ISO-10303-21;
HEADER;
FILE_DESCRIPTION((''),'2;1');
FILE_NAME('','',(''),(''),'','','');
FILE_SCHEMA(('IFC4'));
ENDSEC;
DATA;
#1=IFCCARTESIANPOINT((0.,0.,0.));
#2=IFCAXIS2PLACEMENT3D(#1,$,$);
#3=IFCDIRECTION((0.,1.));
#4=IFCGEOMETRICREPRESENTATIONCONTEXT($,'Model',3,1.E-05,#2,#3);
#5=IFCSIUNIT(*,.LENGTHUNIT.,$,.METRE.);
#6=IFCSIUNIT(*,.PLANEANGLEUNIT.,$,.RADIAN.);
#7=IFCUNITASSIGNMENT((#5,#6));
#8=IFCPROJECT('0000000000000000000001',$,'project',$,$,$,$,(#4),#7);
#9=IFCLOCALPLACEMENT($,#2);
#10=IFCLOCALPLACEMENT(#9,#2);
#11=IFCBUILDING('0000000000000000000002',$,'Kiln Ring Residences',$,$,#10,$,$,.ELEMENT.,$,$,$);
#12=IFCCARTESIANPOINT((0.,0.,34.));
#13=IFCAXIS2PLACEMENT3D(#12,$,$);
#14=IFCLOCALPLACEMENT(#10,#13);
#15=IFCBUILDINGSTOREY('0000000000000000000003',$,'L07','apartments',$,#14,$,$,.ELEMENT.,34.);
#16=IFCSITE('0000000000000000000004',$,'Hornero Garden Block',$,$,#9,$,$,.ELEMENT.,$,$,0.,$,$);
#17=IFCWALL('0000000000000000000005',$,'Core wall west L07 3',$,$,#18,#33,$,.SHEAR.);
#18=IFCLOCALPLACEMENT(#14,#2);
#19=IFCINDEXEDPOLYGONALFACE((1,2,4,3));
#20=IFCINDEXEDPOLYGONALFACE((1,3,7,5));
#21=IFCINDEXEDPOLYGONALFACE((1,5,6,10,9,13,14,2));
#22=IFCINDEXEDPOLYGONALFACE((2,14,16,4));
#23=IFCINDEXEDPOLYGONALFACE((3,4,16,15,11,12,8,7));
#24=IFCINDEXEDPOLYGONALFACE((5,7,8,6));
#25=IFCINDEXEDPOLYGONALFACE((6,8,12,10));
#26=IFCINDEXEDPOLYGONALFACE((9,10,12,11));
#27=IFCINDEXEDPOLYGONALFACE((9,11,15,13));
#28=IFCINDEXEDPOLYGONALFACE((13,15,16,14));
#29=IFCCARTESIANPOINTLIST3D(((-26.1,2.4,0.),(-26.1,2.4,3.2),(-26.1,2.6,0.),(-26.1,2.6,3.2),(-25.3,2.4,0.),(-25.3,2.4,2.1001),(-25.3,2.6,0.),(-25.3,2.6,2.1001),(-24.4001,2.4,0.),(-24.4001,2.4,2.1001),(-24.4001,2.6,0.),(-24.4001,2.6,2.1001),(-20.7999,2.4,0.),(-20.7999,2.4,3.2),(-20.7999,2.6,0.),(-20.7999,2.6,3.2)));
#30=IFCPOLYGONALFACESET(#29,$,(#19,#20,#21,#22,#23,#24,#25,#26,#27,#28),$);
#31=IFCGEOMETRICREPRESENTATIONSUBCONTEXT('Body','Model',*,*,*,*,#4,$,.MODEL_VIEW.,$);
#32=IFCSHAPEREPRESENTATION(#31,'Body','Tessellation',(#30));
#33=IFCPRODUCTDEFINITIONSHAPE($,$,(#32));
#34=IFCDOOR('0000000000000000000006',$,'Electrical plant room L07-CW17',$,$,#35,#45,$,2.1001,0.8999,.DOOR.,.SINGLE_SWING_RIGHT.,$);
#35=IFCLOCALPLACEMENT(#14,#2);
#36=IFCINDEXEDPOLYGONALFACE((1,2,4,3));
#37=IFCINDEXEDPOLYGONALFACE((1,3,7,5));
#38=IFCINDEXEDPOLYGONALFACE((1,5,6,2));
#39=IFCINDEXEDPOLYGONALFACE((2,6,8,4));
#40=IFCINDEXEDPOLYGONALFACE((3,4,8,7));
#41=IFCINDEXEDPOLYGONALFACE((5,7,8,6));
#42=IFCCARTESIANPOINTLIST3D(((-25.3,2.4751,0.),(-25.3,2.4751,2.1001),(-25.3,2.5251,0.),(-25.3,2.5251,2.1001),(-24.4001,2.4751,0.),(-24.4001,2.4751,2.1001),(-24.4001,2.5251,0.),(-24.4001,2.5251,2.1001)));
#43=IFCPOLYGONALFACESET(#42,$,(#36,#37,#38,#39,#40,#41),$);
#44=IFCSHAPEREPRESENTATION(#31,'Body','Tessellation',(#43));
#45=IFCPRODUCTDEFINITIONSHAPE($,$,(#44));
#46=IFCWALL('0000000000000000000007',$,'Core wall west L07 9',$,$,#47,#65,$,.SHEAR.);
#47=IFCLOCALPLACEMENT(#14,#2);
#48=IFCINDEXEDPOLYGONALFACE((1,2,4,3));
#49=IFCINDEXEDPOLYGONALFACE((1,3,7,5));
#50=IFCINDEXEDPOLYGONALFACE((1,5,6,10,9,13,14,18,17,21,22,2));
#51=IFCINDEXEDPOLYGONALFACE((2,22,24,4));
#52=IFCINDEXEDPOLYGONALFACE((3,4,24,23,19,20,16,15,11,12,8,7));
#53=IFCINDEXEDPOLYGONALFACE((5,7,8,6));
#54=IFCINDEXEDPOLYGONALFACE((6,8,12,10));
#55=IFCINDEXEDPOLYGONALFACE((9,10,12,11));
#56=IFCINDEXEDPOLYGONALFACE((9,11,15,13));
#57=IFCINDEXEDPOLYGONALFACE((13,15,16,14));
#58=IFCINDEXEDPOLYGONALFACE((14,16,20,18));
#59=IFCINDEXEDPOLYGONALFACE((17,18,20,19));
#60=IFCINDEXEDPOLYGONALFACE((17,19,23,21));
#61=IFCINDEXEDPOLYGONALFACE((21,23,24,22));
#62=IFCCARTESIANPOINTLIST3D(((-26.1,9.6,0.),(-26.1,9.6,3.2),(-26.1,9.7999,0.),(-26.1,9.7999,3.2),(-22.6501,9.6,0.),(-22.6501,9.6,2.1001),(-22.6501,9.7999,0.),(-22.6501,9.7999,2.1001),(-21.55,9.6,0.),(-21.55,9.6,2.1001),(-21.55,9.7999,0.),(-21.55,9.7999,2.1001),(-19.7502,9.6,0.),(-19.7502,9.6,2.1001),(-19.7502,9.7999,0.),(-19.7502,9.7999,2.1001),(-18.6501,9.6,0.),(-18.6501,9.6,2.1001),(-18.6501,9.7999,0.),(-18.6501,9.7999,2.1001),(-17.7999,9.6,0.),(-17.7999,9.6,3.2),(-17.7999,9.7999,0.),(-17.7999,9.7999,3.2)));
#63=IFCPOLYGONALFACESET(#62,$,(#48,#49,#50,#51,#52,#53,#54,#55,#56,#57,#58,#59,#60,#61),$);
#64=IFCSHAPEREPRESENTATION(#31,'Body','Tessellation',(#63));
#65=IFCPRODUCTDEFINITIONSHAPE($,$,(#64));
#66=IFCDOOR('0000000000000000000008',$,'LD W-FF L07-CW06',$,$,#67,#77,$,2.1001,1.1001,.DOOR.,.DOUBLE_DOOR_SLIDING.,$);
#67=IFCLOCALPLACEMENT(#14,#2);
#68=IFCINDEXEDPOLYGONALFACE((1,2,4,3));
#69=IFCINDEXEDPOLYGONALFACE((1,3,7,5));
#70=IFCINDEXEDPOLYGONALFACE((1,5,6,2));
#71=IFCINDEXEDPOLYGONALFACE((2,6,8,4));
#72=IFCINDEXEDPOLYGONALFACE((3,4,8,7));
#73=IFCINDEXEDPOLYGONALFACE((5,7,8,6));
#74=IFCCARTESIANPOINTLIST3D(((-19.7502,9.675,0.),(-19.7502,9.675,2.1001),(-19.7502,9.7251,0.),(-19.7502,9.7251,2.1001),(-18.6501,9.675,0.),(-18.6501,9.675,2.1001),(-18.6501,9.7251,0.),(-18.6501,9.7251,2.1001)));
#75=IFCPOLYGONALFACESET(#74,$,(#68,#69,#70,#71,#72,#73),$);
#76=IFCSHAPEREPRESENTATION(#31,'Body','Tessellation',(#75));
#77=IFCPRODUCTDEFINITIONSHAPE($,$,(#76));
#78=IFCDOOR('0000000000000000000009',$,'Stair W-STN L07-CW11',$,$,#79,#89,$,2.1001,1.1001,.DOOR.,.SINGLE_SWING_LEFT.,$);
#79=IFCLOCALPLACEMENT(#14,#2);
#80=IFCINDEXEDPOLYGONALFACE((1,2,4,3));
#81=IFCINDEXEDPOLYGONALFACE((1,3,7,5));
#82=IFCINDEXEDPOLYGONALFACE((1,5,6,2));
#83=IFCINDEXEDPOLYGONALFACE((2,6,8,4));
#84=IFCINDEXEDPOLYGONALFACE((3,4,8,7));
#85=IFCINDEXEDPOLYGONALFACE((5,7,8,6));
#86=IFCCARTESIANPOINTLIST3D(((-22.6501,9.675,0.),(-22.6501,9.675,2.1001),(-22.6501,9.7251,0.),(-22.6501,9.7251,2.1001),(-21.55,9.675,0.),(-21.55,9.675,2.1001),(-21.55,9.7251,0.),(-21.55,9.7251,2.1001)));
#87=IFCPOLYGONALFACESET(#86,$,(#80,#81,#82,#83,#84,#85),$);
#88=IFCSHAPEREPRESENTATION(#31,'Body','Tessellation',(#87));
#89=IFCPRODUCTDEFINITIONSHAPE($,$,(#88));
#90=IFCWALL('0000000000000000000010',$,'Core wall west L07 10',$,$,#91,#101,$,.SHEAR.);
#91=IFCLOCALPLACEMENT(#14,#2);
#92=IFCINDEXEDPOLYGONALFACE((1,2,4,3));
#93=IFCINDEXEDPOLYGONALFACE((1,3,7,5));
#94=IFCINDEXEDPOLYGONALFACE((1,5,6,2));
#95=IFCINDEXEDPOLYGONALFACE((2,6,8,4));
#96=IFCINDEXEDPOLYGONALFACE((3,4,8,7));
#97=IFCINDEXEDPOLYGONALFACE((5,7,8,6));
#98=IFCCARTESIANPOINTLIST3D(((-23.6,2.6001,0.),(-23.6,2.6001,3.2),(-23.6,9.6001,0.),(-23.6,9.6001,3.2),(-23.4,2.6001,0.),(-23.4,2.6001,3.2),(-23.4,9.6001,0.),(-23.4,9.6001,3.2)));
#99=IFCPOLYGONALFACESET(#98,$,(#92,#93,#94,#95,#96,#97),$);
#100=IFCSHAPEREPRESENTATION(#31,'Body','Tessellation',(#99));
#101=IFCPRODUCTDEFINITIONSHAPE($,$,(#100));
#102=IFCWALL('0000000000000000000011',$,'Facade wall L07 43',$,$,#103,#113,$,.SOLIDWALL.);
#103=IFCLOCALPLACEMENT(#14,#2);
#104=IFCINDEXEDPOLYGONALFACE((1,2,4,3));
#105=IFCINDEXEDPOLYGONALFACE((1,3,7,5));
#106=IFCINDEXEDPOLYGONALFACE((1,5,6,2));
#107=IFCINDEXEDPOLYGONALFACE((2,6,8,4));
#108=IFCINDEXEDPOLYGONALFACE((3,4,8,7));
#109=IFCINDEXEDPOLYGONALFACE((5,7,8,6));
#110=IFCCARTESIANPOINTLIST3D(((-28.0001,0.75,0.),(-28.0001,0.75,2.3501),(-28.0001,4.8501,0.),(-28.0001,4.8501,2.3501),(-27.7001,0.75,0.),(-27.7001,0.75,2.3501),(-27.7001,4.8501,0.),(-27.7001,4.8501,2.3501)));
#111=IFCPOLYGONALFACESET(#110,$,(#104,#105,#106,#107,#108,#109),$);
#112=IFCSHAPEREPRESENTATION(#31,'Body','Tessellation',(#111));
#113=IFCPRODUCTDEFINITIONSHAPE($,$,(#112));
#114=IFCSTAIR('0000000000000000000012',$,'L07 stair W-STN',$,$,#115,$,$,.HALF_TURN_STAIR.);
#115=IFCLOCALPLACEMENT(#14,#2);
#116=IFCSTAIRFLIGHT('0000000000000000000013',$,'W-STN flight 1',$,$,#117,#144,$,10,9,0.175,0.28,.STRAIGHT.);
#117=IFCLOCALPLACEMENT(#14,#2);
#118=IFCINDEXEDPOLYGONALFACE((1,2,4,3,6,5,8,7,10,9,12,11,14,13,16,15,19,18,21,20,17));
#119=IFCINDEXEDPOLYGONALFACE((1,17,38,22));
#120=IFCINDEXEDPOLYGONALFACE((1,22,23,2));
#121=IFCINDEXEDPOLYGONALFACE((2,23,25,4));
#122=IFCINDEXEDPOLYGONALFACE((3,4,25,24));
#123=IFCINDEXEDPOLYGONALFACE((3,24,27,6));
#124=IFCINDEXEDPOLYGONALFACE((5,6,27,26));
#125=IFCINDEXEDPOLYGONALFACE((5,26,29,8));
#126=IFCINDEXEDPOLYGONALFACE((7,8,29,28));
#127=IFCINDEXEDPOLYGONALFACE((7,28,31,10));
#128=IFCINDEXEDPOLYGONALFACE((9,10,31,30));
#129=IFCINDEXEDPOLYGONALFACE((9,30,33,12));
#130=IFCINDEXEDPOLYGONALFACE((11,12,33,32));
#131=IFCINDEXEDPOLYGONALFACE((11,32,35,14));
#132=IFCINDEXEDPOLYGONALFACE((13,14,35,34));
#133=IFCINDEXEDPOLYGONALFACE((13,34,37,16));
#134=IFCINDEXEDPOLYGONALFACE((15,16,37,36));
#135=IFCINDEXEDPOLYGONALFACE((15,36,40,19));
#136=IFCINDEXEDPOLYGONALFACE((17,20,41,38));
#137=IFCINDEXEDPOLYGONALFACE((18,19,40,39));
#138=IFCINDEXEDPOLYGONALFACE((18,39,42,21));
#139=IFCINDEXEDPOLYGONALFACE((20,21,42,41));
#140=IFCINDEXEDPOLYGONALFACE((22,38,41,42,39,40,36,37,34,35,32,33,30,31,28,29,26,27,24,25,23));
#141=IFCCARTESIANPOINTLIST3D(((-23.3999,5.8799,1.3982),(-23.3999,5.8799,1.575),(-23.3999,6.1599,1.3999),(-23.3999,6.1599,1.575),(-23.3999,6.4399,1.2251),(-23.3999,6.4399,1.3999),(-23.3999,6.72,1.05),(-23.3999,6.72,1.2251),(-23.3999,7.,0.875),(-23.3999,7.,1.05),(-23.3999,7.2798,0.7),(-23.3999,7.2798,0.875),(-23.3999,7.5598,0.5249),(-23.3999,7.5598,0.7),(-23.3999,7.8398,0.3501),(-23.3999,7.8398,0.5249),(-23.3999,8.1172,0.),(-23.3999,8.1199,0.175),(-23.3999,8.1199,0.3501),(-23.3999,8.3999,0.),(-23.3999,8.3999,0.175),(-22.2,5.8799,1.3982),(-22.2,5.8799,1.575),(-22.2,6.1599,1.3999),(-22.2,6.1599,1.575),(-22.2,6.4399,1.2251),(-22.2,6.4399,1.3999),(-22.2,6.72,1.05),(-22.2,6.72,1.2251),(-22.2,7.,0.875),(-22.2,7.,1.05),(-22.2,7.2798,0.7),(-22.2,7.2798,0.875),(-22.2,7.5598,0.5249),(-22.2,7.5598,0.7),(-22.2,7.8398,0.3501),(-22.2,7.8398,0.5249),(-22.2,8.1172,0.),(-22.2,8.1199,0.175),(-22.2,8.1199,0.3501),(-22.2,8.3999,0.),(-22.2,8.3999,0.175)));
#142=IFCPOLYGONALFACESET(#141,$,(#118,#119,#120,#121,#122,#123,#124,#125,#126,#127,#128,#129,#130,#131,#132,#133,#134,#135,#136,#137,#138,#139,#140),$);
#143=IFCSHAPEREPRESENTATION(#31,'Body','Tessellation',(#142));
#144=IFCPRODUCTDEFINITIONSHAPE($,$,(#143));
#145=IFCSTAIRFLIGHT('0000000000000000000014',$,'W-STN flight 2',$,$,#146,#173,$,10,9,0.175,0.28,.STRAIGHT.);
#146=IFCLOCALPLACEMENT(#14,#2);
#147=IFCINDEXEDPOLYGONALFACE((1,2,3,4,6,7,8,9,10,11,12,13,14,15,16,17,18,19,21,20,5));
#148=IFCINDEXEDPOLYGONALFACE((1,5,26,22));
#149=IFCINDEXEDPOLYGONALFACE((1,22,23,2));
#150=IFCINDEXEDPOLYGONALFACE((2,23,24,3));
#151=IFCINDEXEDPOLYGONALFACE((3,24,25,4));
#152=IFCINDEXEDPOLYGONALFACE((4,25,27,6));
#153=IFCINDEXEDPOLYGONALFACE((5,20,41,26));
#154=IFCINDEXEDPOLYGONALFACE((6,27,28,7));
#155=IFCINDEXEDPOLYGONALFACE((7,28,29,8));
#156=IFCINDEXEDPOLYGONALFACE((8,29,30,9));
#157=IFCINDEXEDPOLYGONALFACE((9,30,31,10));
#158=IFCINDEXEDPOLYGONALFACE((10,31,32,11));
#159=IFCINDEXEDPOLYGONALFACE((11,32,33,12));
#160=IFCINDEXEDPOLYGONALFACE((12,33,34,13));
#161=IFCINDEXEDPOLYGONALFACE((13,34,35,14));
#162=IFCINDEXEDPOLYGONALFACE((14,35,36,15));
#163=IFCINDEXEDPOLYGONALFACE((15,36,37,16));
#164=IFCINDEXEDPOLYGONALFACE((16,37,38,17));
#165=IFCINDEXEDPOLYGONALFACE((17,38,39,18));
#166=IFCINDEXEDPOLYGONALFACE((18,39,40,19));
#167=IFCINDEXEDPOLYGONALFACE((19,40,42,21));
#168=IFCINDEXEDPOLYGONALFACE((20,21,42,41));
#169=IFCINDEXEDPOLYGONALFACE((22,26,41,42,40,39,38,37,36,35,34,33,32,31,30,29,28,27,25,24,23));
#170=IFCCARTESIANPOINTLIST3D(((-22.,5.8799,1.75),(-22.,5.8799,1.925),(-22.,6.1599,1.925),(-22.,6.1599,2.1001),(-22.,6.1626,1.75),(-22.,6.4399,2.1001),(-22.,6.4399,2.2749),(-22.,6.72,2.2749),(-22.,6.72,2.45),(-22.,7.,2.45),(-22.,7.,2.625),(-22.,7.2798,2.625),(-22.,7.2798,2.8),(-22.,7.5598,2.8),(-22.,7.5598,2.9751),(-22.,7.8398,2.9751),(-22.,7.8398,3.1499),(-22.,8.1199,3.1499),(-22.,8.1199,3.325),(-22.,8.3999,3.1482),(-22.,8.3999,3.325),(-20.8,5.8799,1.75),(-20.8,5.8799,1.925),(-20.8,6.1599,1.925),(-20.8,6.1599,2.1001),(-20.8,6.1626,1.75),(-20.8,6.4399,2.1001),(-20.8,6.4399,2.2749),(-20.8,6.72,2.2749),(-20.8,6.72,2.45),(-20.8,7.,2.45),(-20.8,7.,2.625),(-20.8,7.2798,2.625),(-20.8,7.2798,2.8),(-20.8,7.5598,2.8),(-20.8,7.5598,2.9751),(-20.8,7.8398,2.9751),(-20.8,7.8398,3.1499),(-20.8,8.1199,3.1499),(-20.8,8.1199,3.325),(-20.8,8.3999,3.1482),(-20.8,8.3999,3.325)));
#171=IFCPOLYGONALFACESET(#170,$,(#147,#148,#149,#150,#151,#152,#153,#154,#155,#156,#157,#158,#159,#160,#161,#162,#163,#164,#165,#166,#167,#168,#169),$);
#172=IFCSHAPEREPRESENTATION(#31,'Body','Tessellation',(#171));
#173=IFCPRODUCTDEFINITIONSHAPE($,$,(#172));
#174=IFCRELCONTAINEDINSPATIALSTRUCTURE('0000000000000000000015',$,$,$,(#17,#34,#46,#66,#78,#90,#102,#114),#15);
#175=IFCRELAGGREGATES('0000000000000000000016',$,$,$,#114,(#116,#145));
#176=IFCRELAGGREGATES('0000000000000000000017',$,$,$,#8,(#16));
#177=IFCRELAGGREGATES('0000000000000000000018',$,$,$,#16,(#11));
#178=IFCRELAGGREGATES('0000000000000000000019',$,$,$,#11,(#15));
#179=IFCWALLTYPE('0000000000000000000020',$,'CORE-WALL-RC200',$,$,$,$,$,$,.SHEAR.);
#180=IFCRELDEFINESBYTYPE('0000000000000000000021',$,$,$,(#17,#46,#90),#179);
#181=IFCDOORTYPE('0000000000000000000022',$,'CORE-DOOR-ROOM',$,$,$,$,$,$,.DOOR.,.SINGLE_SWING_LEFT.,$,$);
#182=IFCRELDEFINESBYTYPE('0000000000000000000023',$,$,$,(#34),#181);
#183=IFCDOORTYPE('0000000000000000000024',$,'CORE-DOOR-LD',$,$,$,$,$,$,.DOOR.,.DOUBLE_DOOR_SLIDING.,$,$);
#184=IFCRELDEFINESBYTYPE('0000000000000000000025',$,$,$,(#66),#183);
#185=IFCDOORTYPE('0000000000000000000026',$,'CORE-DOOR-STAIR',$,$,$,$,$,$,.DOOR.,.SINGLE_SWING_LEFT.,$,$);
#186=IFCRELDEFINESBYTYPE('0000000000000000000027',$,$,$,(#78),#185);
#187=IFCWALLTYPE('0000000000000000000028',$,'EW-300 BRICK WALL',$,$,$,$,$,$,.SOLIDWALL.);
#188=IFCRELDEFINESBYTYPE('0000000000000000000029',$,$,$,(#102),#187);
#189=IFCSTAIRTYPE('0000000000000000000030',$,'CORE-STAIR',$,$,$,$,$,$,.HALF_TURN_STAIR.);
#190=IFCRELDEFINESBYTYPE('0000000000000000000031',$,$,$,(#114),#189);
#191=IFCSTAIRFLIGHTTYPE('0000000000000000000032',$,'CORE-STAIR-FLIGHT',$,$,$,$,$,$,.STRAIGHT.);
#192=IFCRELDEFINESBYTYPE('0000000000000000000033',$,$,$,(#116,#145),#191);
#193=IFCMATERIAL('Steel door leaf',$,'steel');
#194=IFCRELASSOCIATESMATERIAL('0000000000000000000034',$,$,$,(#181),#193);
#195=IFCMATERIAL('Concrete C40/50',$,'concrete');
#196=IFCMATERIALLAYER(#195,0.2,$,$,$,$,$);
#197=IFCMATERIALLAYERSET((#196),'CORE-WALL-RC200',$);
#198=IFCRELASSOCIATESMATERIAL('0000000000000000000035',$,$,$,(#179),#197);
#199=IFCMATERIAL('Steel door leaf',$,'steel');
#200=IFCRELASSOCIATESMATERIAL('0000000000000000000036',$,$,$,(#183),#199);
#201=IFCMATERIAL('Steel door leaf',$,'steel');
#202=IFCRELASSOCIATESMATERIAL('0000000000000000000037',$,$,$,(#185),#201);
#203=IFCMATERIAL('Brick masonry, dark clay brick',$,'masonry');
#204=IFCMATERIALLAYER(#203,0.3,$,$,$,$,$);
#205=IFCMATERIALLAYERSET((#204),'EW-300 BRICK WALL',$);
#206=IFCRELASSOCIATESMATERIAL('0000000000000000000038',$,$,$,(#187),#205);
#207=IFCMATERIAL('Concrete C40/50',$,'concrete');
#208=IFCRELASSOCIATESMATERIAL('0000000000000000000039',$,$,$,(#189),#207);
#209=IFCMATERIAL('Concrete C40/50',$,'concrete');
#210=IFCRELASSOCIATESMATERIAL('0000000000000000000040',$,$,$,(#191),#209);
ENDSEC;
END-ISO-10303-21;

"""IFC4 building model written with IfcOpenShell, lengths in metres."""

from ifc_helpers import new_model, si_unit, direction, frame, frame_2d, origin, place, context, subcontext, project, spatial, polyline, rectangle, outline, extrude, material, layer, layer_set, type_object, element, fill, aggregate, save


model = new_model("IFC4")

# Units and contexts
model_context = context("Model", 3, precision=1e-05, world=origin(), true_north=direction((0.0, 1.0)))
body_context = subcontext(model_context, "Body", "Model", "MODEL_VIEW")
ifc_project = project(units=[si_unit("LENGTHUNIT", "METRE"), si_unit("PLANEANGLEUNIT", "RADIAN")], contexts=[model_context])

# Site, building, storey
site_placement = place(None, origin())
site = spatial("IfcSite", under=ifc_project, at=site_placement, Name="Hornero Garden Block", CompositionType="ELEMENT", RefElevation=0.0)
building_placement = place(site_placement, origin())
building = spatial("IfcBuilding", under=site, at=building_placement, Name="Kiln Ring Residences", CompositionType="ELEMENT")
storey_placement = place(building_placement, frame((0.0, 0.0, 34.0)))
storey = spatial("IfcBuildingStorey", under=building, at=storey_placement, Name="L07", Description="apartments", CompositionType="ELEMENT", Elevation=34.0)

# Shared definitions
ifc_material_1 = material(Name="Steel door leaf", Category="steel")
door_type_1 = type_object("IfcDoorType", Name="CORE-DOOR-ROOM", OperationType="SINGLE_SWING_LEFT", PredefinedType="DOOR", material=ifc_material_1)

# Shared definitions
ifc_material_2 = material(Name="Concrete C40/50", Category="concrete")
ifc_layer_1 = layer(ifc_material_2, 0.2)
ifc_layer_set_1 = layer_set([ifc_layer_1], Name="CORE-WALL-RC200")
wall_type_1 = type_object("IfcWallType", Name="CORE-WALL-RC200", PredefinedType="SHEAR", material=ifc_layer_set_1)

# Wall, opening, door
wall_1_placement = place(storey_placement, frame((-20.8, 2.5, 0.0), z_axis=(0.0, 0.0, 1.0), x_axis=(-1.0, 0.0, 0.0)))
wall_1 = element("IfcWall", 1, at=wall_1_placement, inside=storey, type_object=wall_type_1, Name="Core wall west L07 3", PredefinedType="SHEAR", context=body_context, shape_type="SweptSolid", body=[
    extrude(rectangle(XDim=5.3, YDim=0.2, at=frame_2d((2.6499, 0.0))), origin(), (0.0, 0.0, 1.0), 3.2),
])
opening_1_placement = place(wall_1_placement, frame((3.6001, 0.0, 0.0)))
opening_1 = element("IfcOpeningElement", 2, at=opening_1_placement, cuts=wall_1, PredefinedType="OPENING", context=body_context, shape_type="SweptSolid", body=[
    extrude(rectangle(XDim=0.8999, YDim=2.1001, at=frame_2d((0.45, 1.05))), frame((0.0, 0.1099, 0.0), z_axis=(0.0, -1.0, 0.0), x_axis=(1.0, 0.0, 0.0)), (0.0, 0.0, 1.0), 0.22),
])
door_1_placement = place(opening_1_placement, origin())
door_1 = element("IfcDoor", 3, at=door_1_placement, inside=storey, type_object=door_type_1, Name="Electrical plant room L07-CW17", OperationType="SINGLE_SWING_RIGHT", OverallHeight=2.1001, OverallWidth=0.8999, PredefinedType="DOOR", context=body_context, shape_type="SweptSolid", body=[
    extrude(rectangle(XDim=0.8999, YDim=2.1001, at=frame_2d((0.45, 1.05))), frame((0.0, 0.0249, 0.0), z_axis=(0.0, -1.0, 0.0), x_axis=(1.0, 0.0, 0.0)), (0.0, 0.0, 1.0), 0.05),
])
fill(opening_1, door_1)

# Wall, openings, doors
wall_2_placement = place(storey_placement, frame((-17.8, 9.7, 0.0), z_axis=(0.0, 0.0, 1.0), x_axis=(-1.0, 0.0, 0.0)))
wall_2 = element("IfcWall", 4, at=wall_2_placement, inside=storey, type_object=wall_type_1, Name="Core wall west L07 9", PredefinedType="SHEAR", context=body_context, shape_type="SweptSolid", body=[
    extrude(rectangle(XDim=8.3, YDim=0.2, at=frame_2d((4.1499, 0.0))), origin(), (0.0, 0.0, 1.0), 3.2),
])
opening_2_placement = place(wall_2_placement, frame((0.8501, 0.0, 0.0)))
opening_2 = element("IfcOpeningElement", 5, at=opening_2_placement, cuts=wall_2, PredefinedType="OPENING", context=body_context, shape_type="SweptSolid", body=[
    extrude(rectangle(XDim=1.1001, YDim=2.1001, at=frame_2d((0.55, 1.05))), frame((0.0, 0.1099, 0.0), z_axis=(0.0, -1.0, 0.0), x_axis=(1.0, 0.0, 0.0)), (0.0, 0.0, 1.0), 0.22),
])
opening_3_placement = place(wall_2_placement, frame((3.75, 0.0, 0.0)))
opening_3 = element("IfcOpeningElement", 6, at=opening_3_placement, cuts=wall_2, PredefinedType="OPENING", context=body_context, shape_type="SweptSolid", body=[
    extrude(rectangle(XDim=1.1001, YDim=2.1001, at=frame_2d((0.55, 1.05))), frame((0.0, 0.1099, 0.0), z_axis=(0.0, -1.0, 0.0), x_axis=(1.0, 0.0, 0.0)), (0.0, 0.0, 1.0), 0.22),
])
ifc_material_3 = material(Name="Steel door leaf", Category="steel")
door_type_2 = type_object("IfcDoorType", Name="CORE-DOOR-LD", OperationType="DOUBLE_DOOR_SLIDING", PredefinedType="DOOR", material=ifc_material_3)
door_2_placement = place(opening_2_placement, origin())
door_2 = element("IfcDoor", 7, at=door_2_placement, inside=storey, type_object=door_type_2, Name="LD W-FF L07-CW06", OperationType="DOUBLE_DOOR_SLIDING", OverallHeight=2.1001, OverallWidth=1.1001, PredefinedType="DOOR", context=body_context, shape_type="SweptSolid", body=[
    extrude(rectangle(XDim=1.1001, YDim=2.1001, at=frame_2d((0.55, 1.05))), frame((0.0, 0.0249, 0.0), z_axis=(0.0, -1.0, 0.0), x_axis=(1.0, 0.0, 0.0)), (0.0, 0.0, 1.0), 0.05),
])
fill(opening_2, door_2)
ifc_material_4 = material(Name="Steel door leaf", Category="steel")
door_type_3 = type_object("IfcDoorType", Name="CORE-DOOR-STAIR", OperationType="SINGLE_SWING_LEFT", PredefinedType="DOOR", material=ifc_material_4)
door_3_placement = place(opening_3_placement, origin())
door_3 = element("IfcDoor", 8, at=door_3_placement, inside=storey, type_object=door_type_3, Name="Stair W-STN L07-CW11", OperationType="SINGLE_SWING_LEFT", OverallHeight=2.1001, OverallWidth=1.1001, PredefinedType="DOOR", context=body_context, shape_type="SweptSolid", body=[
    extrude(rectangle(XDim=1.1001, YDim=2.1001, at=frame_2d((0.55, 1.05))), frame((0.0, 0.0249, 0.0), z_axis=(0.0, -1.0, 0.0), x_axis=(1.0, 0.0, 0.0)), (0.0, 0.0, 1.0), 0.05),
])
fill(opening_3, door_3)

# Walls
wall_3_placement = place(storey_placement, frame((-23.5, 2.6001, 0.0), z_axis=(0.0, 0.0, 1.0), x_axis=(0.0, 1.0, 0.0)))
element("IfcWall", 9, at=wall_3_placement, inside=storey, type_object=wall_type_1, Name="Core wall west L07 10", PredefinedType="SHEAR", context=body_context, shape_type="SweptSolid", body=[
    extrude(rectangle(XDim=7.0, YDim=0.2, at=frame_2d((3.5, 0.0))), origin(), (0.0, 0.0, 1.0), 3.2),
])
ifc_material_5 = material(Name="Brick masonry, dark clay brick", Category="masonry")
ifc_layer_2 = layer(ifc_material_5, 0.3)
ifc_layer_set_2 = layer_set([ifc_layer_2], Name="EW-300 BRICK WALL")
wall_type_2 = type_object("IfcWallType", Name="EW-300 BRICK WALL", PredefinedType="SOLIDWALL", material=ifc_layer_set_2)
wall_4_placement = place(storey_placement, frame((-27.8501, 4.8501, 0.0), z_axis=(0.0, 0.0, 1.0), x_axis=(0.0, -1.0, 0.0)))
element("IfcWall", 10, at=wall_4_placement, inside=storey, type_object=wall_type_2, Name="Facade wall L07 43", PredefinedType="SOLIDWALL", context=body_context, shape_type="SweptSolid", body=[
    extrude(rectangle(XDim=4.1001, YDim=0.3, at=frame_2d((2.05, 0.0))), origin(), (0.0, 0.0, 1.0), 2.3501),
])

# Stair, stair flights
ifc_material_6 = material(Name="Concrete C40/50", Category="concrete")
stair_type = type_object("IfcStairType", Name="CORE-STAIR", PredefinedType="HALF_TURN_STAIR", material=ifc_material_6)
stair_placement = place(storey_placement, origin())
stair = element("IfcStair", 11, at=stair_placement, inside=storey, type_object=stair_type, Name="L07 stair W-STN", PredefinedType="HALF_TURN_STAIR")
ifc_material_7 = material(Name="Concrete C40/50", Category="concrete")
stair_flight_type = type_object("IfcStairFlightType", Name="CORE-STAIR-FLIGHT", PredefinedType="STRAIGHT", material=ifc_material_7)
stair_flight_1_placement = place(storey_placement, frame((-22.8, 8.3999, 0.0), z_axis=(0.0, 0.0, 1.0), x_axis=(0.0, -1.0, 0.0)))
stair_flight_1 = element("IfcStairFlight", 12, at=stair_flight_1_placement, type_object=stair_flight_type, Name="W-STN flight 1", NumberOfRisers=10, NumberOfTreads=9, PredefinedType="STRAIGHT", RiserHeight=0.175, TreadLength=0.28, context=body_context, shape_type="SweptSolid", body=[
    extrude(outline(polyline([(0.0, 0.0), (0.0, 0.175), (0.28, 0.175), (0.28, 0.3501), (0.5601, 0.3501), (0.5601, 0.5249), (0.8401, 0.5249), (0.8401, 0.7), (1.1201, 0.7), (1.1201, 0.875), (1.3999, 0.875), (1.3999, 1.05), (1.6799, 1.05), (1.6799, 1.2251), (1.96, 1.2251), (1.96, 1.3999), (2.24, 1.3999), (2.24, 1.575), (2.52, 1.575), (2.52, 1.75), (2.52, 1.3982), (0.2827, 0.0), (0.0, 0.0)])), frame((0.0, 0.6001, 0.0), z_axis=(0.0, -1.0, 0.0), x_axis=(1.0, 0.0, 0.0)), (0.0, 0.0, 1.0), 1.2),
])
stair_flight_2_placement = place(storey_placement, frame((-21.3999, 5.8799, 1.75), z_axis=(0.0, 0.0, 1.0), x_axis=(0.0, 1.0, 0.0)))
stair_flight_2 = element("IfcStairFlight", 13, at=stair_flight_2_placement, type_object=stair_flight_type, Name="W-STN flight 2", NumberOfRisers=10, NumberOfTreads=9, PredefinedType="STRAIGHT", RiserHeight=0.175, TreadLength=0.28, context=body_context, shape_type="SweptSolid", body=[
    extrude(outline(polyline([(0.0, 0.0), (0.0, 0.175), (0.28, 0.175), (0.28, 0.3501), (0.5601, 0.3501), (0.5601, 0.5249), (0.8401, 0.5249), (0.8401, 0.7), (1.1201, 0.7), (1.1201, 0.875), (1.3999, 0.875), (1.3999, 1.05), (1.6799, 1.05), (1.6799, 1.2251), (1.96, 1.2251), (1.96, 1.3999), (2.24, 1.3999), (2.24, 1.575), (2.52, 1.575), (2.52, 1.75), (2.52, 1.3982), (0.2827, 0.0), (0.0, 0.0)])), frame((0.0, 0.6001, 0.0), z_axis=(0.0, -1.0, 0.0), x_axis=(1.0, 0.0, 0.0)), (0.0, 0.0, 1.0), 1.2),
])
aggregate(stair, [stair_flight_1, stair_flight_2])

save(model, "model.ifc")
